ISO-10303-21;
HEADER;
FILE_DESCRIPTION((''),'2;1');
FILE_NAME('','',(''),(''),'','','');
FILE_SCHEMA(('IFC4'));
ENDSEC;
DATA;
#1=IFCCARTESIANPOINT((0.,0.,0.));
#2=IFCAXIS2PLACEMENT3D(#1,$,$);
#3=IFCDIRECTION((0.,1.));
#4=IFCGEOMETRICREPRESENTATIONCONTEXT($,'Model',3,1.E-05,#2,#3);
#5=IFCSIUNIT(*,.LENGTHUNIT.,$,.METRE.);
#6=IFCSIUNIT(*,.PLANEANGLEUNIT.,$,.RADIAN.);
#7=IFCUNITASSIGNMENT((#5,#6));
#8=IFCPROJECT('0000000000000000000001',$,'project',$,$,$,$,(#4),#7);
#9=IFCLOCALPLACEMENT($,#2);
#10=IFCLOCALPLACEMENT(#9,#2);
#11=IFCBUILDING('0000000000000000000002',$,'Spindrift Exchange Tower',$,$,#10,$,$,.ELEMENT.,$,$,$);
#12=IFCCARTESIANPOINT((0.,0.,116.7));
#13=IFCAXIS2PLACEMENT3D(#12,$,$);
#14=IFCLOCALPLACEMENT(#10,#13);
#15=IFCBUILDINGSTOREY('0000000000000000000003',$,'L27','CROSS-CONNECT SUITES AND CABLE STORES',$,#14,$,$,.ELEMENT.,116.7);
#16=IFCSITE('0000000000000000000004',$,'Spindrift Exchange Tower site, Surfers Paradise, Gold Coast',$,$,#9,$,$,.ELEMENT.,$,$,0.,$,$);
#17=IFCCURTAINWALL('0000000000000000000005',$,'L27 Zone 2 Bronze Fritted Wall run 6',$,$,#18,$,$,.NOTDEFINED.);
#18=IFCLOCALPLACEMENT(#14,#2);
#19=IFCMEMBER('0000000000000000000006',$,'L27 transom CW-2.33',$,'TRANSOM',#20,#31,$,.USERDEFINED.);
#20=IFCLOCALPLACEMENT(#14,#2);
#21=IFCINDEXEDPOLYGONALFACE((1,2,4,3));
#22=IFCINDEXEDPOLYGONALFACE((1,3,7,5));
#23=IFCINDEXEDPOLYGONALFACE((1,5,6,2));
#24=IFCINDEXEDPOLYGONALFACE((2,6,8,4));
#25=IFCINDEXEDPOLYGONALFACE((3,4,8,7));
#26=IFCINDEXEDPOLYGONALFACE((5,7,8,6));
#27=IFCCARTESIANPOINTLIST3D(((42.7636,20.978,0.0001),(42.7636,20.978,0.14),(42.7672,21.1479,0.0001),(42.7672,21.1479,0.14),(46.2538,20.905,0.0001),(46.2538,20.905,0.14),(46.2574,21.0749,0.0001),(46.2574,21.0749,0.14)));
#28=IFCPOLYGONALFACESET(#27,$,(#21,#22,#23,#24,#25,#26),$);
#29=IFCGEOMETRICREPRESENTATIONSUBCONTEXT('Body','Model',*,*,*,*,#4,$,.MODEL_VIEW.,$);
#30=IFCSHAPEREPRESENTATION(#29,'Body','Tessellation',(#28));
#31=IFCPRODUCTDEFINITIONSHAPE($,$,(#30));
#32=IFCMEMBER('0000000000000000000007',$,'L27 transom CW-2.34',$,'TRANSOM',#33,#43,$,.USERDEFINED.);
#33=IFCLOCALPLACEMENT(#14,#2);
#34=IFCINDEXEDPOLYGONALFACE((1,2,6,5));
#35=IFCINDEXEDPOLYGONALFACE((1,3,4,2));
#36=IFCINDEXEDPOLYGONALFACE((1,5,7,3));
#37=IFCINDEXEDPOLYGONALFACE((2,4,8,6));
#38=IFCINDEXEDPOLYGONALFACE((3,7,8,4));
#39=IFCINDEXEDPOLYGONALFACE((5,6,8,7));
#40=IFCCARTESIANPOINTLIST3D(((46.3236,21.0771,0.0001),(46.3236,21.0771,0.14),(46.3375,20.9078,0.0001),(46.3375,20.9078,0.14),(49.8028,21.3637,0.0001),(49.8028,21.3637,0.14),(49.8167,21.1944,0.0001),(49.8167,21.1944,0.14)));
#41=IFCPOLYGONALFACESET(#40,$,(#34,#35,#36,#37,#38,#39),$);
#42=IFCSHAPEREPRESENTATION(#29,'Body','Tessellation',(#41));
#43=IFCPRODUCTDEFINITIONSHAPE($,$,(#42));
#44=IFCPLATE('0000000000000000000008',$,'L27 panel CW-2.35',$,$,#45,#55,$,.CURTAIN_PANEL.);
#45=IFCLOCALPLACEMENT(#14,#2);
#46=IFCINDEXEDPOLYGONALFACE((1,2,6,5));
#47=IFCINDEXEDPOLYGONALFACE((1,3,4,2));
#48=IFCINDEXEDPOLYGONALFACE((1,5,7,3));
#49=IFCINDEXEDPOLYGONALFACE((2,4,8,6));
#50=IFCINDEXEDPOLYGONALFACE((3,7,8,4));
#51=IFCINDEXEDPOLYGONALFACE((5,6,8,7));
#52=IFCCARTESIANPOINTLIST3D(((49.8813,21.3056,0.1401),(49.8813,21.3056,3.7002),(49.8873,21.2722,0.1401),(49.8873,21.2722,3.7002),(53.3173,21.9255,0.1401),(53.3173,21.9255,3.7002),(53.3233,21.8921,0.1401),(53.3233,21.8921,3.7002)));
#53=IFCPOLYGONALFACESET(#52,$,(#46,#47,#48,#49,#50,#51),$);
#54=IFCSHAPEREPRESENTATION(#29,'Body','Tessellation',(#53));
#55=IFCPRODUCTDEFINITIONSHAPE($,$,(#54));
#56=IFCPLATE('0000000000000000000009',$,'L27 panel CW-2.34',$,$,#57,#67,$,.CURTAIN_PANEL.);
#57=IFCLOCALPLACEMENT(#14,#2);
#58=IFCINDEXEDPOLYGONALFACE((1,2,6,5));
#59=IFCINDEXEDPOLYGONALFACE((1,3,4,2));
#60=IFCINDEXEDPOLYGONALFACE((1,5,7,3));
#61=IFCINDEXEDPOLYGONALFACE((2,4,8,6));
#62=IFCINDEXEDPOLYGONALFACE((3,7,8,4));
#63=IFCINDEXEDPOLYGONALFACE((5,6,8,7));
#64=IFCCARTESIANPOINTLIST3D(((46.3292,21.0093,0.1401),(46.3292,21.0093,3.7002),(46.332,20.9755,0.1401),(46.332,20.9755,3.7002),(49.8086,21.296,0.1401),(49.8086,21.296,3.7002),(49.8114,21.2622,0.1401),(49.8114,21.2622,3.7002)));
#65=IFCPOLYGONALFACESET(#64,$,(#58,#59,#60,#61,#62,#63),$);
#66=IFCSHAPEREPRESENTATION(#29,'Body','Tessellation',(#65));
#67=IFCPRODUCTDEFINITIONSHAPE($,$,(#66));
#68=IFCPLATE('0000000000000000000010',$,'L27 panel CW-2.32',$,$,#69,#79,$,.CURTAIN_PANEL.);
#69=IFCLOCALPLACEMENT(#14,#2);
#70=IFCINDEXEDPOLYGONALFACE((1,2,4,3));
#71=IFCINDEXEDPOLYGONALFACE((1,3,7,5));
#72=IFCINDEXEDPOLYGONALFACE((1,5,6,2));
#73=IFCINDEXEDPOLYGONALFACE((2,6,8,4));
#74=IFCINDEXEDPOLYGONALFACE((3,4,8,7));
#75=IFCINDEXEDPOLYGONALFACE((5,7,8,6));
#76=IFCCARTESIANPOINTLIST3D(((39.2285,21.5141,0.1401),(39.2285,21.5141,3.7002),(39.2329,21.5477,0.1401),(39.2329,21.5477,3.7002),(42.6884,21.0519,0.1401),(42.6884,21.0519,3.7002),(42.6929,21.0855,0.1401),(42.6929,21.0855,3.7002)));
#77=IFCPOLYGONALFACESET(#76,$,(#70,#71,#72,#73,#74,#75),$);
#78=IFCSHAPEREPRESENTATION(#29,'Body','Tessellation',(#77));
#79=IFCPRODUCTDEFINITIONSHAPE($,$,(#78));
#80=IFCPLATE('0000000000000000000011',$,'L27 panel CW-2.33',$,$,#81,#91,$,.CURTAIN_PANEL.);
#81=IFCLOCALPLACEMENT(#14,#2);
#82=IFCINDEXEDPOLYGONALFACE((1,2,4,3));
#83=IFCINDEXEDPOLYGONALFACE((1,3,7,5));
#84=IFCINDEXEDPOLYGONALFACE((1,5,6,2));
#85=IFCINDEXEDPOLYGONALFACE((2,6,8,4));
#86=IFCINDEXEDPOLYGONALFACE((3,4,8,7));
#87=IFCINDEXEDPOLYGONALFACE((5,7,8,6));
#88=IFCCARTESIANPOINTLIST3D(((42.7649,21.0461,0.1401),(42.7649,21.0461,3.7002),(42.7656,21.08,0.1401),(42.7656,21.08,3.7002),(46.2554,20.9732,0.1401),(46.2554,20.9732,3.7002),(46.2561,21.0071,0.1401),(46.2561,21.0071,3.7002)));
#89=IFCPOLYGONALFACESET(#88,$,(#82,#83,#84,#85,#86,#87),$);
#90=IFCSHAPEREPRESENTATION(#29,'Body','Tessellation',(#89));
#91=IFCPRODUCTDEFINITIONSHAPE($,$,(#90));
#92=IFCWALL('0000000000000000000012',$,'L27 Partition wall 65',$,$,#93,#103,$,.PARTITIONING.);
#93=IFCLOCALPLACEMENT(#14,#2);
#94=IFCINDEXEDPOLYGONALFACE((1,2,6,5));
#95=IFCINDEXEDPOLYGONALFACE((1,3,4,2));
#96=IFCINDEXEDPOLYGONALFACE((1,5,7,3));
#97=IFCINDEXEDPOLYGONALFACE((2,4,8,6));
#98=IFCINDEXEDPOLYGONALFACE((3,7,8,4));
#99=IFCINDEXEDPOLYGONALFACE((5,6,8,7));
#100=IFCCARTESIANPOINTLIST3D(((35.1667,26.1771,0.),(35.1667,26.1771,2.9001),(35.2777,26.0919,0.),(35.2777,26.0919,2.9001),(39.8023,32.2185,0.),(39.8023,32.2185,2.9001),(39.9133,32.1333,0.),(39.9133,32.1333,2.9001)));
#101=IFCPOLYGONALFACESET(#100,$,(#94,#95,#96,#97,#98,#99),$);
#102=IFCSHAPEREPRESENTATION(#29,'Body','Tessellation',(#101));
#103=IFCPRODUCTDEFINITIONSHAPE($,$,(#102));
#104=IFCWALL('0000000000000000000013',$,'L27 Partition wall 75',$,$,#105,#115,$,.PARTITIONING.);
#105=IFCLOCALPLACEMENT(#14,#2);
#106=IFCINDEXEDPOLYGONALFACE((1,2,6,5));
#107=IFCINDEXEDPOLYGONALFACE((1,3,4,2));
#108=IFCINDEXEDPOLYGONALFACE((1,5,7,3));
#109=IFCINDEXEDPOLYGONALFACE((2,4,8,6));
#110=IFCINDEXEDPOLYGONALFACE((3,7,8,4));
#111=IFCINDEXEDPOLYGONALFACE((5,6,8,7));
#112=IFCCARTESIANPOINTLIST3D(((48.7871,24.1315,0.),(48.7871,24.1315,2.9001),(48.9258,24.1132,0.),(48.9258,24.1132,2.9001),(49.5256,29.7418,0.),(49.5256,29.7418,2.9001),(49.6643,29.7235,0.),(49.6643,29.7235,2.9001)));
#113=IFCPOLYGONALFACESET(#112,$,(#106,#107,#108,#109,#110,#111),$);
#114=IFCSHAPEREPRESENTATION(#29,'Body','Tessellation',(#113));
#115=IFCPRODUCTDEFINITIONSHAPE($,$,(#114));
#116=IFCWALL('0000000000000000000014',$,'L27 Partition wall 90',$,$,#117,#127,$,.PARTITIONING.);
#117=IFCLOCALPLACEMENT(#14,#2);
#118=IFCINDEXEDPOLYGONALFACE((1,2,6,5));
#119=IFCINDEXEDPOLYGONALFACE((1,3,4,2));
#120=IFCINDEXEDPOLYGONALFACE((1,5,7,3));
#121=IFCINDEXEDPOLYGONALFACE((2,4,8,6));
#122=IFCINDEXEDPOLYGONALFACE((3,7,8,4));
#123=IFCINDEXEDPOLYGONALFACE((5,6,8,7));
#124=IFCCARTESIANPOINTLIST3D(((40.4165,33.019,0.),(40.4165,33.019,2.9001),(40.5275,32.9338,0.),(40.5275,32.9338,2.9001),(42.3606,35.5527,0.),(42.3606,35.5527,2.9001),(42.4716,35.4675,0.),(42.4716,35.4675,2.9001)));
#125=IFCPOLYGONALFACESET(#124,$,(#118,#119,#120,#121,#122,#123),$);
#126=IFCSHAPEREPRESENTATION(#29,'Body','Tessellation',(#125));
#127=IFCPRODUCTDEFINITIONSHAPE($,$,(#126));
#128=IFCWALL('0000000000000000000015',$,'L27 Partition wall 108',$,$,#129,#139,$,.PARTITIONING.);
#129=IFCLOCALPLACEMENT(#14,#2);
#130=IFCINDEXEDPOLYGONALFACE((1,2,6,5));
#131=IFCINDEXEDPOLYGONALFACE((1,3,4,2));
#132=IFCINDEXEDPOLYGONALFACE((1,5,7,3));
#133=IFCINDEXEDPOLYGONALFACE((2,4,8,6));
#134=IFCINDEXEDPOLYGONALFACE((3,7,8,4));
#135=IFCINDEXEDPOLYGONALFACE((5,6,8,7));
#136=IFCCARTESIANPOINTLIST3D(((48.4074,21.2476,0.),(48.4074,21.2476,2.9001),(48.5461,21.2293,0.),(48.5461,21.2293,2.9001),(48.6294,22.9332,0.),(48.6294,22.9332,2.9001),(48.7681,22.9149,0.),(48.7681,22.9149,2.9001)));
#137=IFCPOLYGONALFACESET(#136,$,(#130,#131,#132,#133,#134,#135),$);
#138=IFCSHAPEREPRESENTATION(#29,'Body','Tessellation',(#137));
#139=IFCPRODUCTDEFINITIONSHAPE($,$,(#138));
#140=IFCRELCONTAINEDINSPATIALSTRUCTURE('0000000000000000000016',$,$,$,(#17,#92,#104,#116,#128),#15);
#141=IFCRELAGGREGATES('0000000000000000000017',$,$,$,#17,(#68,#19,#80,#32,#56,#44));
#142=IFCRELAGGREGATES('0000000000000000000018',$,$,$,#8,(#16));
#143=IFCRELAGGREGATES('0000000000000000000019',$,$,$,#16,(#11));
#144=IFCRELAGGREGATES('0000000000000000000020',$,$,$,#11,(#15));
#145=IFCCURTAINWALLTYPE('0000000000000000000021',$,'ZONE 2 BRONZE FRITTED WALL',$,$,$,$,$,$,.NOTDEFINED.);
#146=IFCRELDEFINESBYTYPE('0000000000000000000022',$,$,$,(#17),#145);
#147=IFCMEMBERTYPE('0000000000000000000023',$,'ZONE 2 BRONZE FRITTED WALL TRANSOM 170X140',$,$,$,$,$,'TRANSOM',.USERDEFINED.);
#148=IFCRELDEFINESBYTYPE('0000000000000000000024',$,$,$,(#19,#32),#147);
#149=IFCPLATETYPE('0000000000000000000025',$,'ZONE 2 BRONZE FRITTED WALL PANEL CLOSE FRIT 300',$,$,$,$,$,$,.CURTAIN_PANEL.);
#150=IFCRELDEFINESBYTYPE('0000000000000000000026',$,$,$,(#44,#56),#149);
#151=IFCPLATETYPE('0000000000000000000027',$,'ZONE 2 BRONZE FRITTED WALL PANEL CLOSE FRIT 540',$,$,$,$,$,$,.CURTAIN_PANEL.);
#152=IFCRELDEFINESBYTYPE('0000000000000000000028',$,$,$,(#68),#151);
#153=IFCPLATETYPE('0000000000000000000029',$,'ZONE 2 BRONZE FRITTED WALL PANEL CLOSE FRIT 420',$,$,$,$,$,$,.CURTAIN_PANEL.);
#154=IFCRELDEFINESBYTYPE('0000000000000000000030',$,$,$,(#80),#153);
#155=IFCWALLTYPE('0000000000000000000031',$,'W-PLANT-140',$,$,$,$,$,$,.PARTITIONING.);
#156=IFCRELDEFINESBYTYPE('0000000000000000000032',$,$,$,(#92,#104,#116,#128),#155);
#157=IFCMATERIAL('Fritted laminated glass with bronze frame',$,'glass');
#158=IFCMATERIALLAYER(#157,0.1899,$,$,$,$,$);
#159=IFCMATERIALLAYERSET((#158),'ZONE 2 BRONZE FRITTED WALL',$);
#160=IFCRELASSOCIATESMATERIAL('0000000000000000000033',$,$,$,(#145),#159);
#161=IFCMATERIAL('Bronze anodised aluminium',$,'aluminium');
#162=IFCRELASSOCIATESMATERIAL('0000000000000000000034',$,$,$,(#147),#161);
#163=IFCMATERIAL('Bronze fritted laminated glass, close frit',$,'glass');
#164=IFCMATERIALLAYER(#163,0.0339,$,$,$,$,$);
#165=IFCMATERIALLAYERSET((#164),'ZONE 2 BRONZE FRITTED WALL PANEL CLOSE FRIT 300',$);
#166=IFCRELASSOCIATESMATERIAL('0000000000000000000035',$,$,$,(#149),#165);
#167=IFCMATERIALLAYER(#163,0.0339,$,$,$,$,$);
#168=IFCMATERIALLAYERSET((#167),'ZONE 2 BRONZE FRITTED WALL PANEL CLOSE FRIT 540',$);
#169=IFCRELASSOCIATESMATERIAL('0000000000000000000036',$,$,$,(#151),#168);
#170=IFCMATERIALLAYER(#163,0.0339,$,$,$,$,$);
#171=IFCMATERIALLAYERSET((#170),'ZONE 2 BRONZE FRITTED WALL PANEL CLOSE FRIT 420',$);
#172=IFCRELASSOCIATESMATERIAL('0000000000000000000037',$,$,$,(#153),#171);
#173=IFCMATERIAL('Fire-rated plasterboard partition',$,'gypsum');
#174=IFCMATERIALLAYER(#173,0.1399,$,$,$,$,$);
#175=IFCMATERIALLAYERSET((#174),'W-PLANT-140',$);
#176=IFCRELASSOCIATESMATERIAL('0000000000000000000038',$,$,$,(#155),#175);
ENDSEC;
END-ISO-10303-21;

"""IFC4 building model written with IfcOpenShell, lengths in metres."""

from ifc_helpers import new_model, si_unit, direction, frame, frame_2d, origin, origin_2d, place, context, subcontext, project, spatial, rectangle, extrude, source, transform, mapped, material, layer, layer_set, material_profile, profile_set, type_object, element, aggregate, save


model = new_model("IFC4")

# Units and contexts
model_context = context("Model", 3, precision=1e-05, world=origin(), true_north=direction((0.0, 1.0)))
body_context = subcontext(model_context, "Body", "Model", "MODEL_VIEW")
ifc_project = project(units=[si_unit("LENGTHUNIT", "METRE"), si_unit("PLANEANGLEUNIT", "RADIAN")], contexts=[model_context])

# Site, building, storey
site_placement = place(None, origin())
site = spatial("IfcSite", under=ifc_project, at=site_placement, Name="Spindrift Exchange Tower site, Surfers Paradise, Gold Coast", CompositionType="ELEMENT", RefElevation=0.0)
building_placement = place(site_placement, origin())
building = spatial("IfcBuilding", under=site, at=building_placement, Name="Spindrift Exchange Tower", CompositionType="ELEMENT")
storey_placement = place(building_placement, frame((0.0, 0.0, 116.7)))
storey = spatial("IfcBuildingStorey", under=building, at=storey_placement, Name="L27", Description="CROSS-CONNECT SUITES AND CABLE STORES", CompositionType="ELEMENT", Elevation=116.7)

# Curtain wall, members, plates
ifc_material_1 = material(Name="Fritted laminated glass with bronze frame", Category="glass")
ifc_layer_1 = layer(ifc_material_1, 0.1899)
ifc_layer_set_1 = layer_set([ifc_layer_1], Name="ZONE 2 BRONZE FRITTED WALL")
curtain_wall_type = type_object("IfcCurtainWallType", Name="ZONE 2 BRONZE FRITTED WALL", PredefinedType="NOTDEFINED", material=ifc_layer_set_1)
curtain_wall_placement = place(storey_placement, origin())
curtain_wall = element("IfcCurtainWall", 1, at=curtain_wall_placement, inside=storey, type_object=curtain_wall_type, Name="L27 Zone 2 Bronze Fritted Wall run 6", PredefinedType="NOTDEFINED")
ifc_material_2 = material(Name="Bronze anodised aluminium", Category="aluminium")
ifc_material_profile_1 = material_profile(ifc_material_2, rectangle(XDim=0.1699, YDim=0.1399, at=origin_2d()), Name="ZONE 2 BRONZE FRITTED WALL TRANSOM 170X140")
ifc_profile_set_1 = profile_set([ifc_material_profile_1], Name="Bronze anodised aluminium")
member_type_1 = type_object("IfcMemberType", Name="ZONE 2 BRONZE FRITTED WALL TRANSOM 170X140", ElementType="TRANSOM", PredefinedType="USERDEFINED", material=ifc_profile_set_1)
shared_shape_1 = source(origin(), body_context, "Body", "SweptSolid", [
    extrude(rectangle(XDim=0.1699, YDim=0.1399, at=origin_2d()), origin(), (0.0, 0.0, 1.0), 3.491),
])
member_1_placement = place(storey_placement, frame((42.7654, 21.063, 0.0701), z_axis=(0.999781, -0.02091, 0.0), x_axis=(0.02091, 0.999781, 0.0)))
member_1 = element("IfcMember", 2, at=member_1_placement, type_object=member_type_1, Name="L27 transom CW-2.33", ObjectType="TRANSOM", PredefinedType="USERDEFINED", context=body_context, shape_type="MappedRepresentation", body=[
    mapped(shared_shape_1, transform((0.0, 0.0, 0.0), scale=1.0)),
])
member_2_placement = place(storey_placement, frame((46.3306, 20.9924, 0.0701), z_axis=(0.996624, 0.082102, 0.0), x_axis=(-0.082102, 0.996624, 0.0)))
member_2 = element("IfcMember", 3, at=member_2_placement, type_object=member_type_1, Name="L27 transom CW-2.34", ObjectType="TRANSOM", PredefinedType="USERDEFINED", context=body_context, shape_type="MappedRepresentation", body=[
    mapped(shared_shape_1, transform((0.0, 0.0, 0.0), scale=1.0)),
])
ifc_material_3 = material(Name="Bronze fritted laminated glass, close frit", Category="glass")
ifc_layer_2 = layer(ifc_material_3, 0.0339)
ifc_layer_set_2 = layer_set([ifc_layer_2], Name="ZONE 2 BRONZE FRITTED WALL PANEL CLOSE FRIT 300")
plate_type_1 = type_object("IfcPlateType", Name="ZONE 2 BRONZE FRITTED WALL PANEL CLOSE FRIT 300", PredefinedType="CURTAIN_PANEL", material=ifc_layer_set_2)
shared_shape_2 = source(origin(), body_context, "Body", "SweptSolid", [
    extrude(rectangle(XDim=3.4915, YDim=0.0339, at=origin_2d()), origin(), (0.0, 0.0, 1.0), 3.5601),
])
plate_1_placement = place(storey_placement, frame((51.6023, 21.5989, 0.1401), z_axis=(0.0, 0.0, 1.0), x_axis=(0.984113, 0.177543, 0.0)))
plate_1 = element("IfcPlate", 4, at=plate_1_placement, type_object=plate_type_1, Name="L27 panel CW-2.35", PredefinedType="CURTAIN_PANEL", context=body_context, shape_type="MappedRepresentation", body=[
    mapped(shared_shape_2, transform((0.0, 0.0, 0.0), scale=1.0)),
])
shared_shape_3 = source(origin(), body_context, "Body", "SweptSolid", [
    extrude(rectangle(XDim=3.4912, YDim=0.0339, at=origin_2d()), origin(), (0.0, 0.0, 1.0), 3.5601),
])
plate_2_placement = place(storey_placement, frame((48.0703, 21.1357, 0.1401), z_axis=(0.0, 0.0, 1.0), x_axis=(0.996621, 0.082132, 0.0)))
plate_2 = element("IfcPlate", 5, at=plate_2_placement, type_object=plate_type_1, Name="L27 panel CW-2.34", PredefinedType="CURTAIN_PANEL", context=body_context, shape_type="MappedRepresentation", body=[
    mapped(shared_shape_3, transform((0.0, 0.0, 0.0), scale=1.0)),
])
ifc_layer_3 = layer(ifc_material_3, 0.0339)
ifc_layer_set_3 = layer_set([ifc_layer_3], Name="ZONE 2 BRONZE FRITTED WALL PANEL CLOSE FRIT 540")
plate_type_2 = type_object("IfcPlateType", Name="ZONE 2 BRONZE FRITTED WALL PANEL CLOSE FRIT 540", PredefinedType="CURTAIN_PANEL", material=ifc_layer_set_3)
shared_shape_4 = source(origin(), body_context, "Body", "SweptSolid", [
    extrude(rectangle(XDim=3.4907, YDim=0.0339, at=origin_2d()), origin(), (0.0, 0.0, 1.0), 3.5601),
])
plate_3_placement = place(storey_placement, frame((40.9607, 21.2998, 0.1401), z_axis=(0.0, 0.0, 1.0), x_axis=(0.991196, -0.1324, 0.0)))
plate_3 = element("IfcPlate", 6, at=plate_3_placement, type_object=plate_type_2, Name="L27 panel CW-2.32", PredefinedType="CURTAIN_PANEL", context=body_context, shape_type="MappedRepresentation", body=[
    mapped(shared_shape_4, transform((0.0, 0.0, 0.0), scale=1.0)),
])
ifc_layer_4 = layer(ifc_material_3, 0.0339)
ifc_layer_set_4 = layer_set([ifc_layer_4], Name="ZONE 2 BRONZE FRITTED WALL PANEL CLOSE FRIT 420")
plate_type_3 = type_object("IfcPlateType", Name="ZONE 2 BRONZE FRITTED WALL PANEL CLOSE FRIT 420", PredefinedType="CURTAIN_PANEL", material=ifc_layer_set_4)
shared_shape_5 = source(origin(), body_context, "Body", "SweptSolid", [
    extrude(rectangle(XDim=3.4912, YDim=0.0339, at=origin_2d()), origin(), (0.0, 0.0, 1.0), 3.5601),
])
plate_4_placement = place(storey_placement, frame((44.5105, 21.0266, 0.1401), z_axis=(0.0, 0.0, 1.0), x_axis=(0.999782, -0.020892, 0.0)))
plate_4 = element("IfcPlate", 7, at=plate_4_placement, type_object=plate_type_3, Name="L27 panel CW-2.33", PredefinedType="CURTAIN_PANEL", context=body_context, shape_type="MappedRepresentation", body=[
    mapped(shared_shape_5, transform((0.0, 0.0, 0.0), scale=1.0)),
])
aggregate(curtain_wall, [plate_3, member_1, plate_4, member_2, plate_2, plate_1])

# Walls
ifc_material_4 = material(Name="Fire-rated plasterboard partition", Category="gypsum")
ifc_layer_5 = layer(ifc_material_4, 0.1399)
ifc_layer_set_5 = layer_set([ifc_layer_5], Name="W-PLANT-140")
wall_type = type_object("IfcWallType", Name="W-PLANT-140", PredefinedType="PARTITIONING", material=ifc_layer_set_5)
wall_1_placement = place(storey_placement, frame((39.8579, 32.176, 0.0), z_axis=(0.0, 0.0, 1.0), x_axis=(-0.608756, -0.793358, 0.0)))
element("IfcWall", 8, at=wall_1_placement, inside=storey, type_object=wall_type, Name="L27 Partition wall 65", PredefinedType="PARTITIONING", context=body_context, shape_type="SweptSolid", body=[
    extrude(rectangle(XDim=7.615, YDim=0.1399, at=frame_2d((3.8076, 0.0))), origin(), (0.0, 0.0, 1.0), 2.9001),
])
wall_2_placement = place(storey_placement, frame((49.595, 29.7327, 0.0), z_axis=(0.0, 0.0, 1.0), x_axis=(-0.13051, -0.991447, 0.0)))
element("IfcWall", 9, at=wall_2_placement, inside=storey, type_object=wall_type, Name="L27 Partition wall 75", PredefinedType="PARTITIONING", context=body_context, shape_type="SweptSolid", body=[
    extrude(rectangle(XDim=5.6587, YDim=0.1399, at=frame_2d((2.8293, 0.0))), origin(), (0.0, 0.0, 1.0), 2.9001),
])
wall_3_placement = place(storey_placement, frame((42.416, 35.51, 0.0), z_axis=(0.0, 0.0, 1.0), x_axis=(-0.608746, -0.793365, 0.0)))
element("IfcWall", 10, at=wall_3_placement, inside=storey, type_object=wall_type, Name="L27 Partition wall 90", PredefinedType="PARTITIONING", context=body_context, shape_type="SweptSolid", body=[
    extrude(rectangle(XDim=3.1936, YDim=0.1399, at=frame_2d((1.5967, 0.0))), origin(), (0.0, 0.0, 1.0), 2.9001),
])
wall_4_placement = place(storey_placement, frame((48.6987, 22.9241, 0.0), z_axis=(0.0, 0.0, 1.0), x_axis=(-0.130536, -0.991444, 0.0)))
element("IfcWall", 11, at=wall_4_placement, inside=storey, type_object=wall_type, Name="L27 Partition wall 108", PredefinedType="PARTITIONING", context=body_context, shape_type="SweptSolid", body=[
    extrude(rectangle(XDim=1.7002, YDim=0.1399, at=frame_2d((0.8501, 0.0))), origin(), (0.0, 0.0, 1.0), 2.9001),
])

save(model, "model.ifc")
